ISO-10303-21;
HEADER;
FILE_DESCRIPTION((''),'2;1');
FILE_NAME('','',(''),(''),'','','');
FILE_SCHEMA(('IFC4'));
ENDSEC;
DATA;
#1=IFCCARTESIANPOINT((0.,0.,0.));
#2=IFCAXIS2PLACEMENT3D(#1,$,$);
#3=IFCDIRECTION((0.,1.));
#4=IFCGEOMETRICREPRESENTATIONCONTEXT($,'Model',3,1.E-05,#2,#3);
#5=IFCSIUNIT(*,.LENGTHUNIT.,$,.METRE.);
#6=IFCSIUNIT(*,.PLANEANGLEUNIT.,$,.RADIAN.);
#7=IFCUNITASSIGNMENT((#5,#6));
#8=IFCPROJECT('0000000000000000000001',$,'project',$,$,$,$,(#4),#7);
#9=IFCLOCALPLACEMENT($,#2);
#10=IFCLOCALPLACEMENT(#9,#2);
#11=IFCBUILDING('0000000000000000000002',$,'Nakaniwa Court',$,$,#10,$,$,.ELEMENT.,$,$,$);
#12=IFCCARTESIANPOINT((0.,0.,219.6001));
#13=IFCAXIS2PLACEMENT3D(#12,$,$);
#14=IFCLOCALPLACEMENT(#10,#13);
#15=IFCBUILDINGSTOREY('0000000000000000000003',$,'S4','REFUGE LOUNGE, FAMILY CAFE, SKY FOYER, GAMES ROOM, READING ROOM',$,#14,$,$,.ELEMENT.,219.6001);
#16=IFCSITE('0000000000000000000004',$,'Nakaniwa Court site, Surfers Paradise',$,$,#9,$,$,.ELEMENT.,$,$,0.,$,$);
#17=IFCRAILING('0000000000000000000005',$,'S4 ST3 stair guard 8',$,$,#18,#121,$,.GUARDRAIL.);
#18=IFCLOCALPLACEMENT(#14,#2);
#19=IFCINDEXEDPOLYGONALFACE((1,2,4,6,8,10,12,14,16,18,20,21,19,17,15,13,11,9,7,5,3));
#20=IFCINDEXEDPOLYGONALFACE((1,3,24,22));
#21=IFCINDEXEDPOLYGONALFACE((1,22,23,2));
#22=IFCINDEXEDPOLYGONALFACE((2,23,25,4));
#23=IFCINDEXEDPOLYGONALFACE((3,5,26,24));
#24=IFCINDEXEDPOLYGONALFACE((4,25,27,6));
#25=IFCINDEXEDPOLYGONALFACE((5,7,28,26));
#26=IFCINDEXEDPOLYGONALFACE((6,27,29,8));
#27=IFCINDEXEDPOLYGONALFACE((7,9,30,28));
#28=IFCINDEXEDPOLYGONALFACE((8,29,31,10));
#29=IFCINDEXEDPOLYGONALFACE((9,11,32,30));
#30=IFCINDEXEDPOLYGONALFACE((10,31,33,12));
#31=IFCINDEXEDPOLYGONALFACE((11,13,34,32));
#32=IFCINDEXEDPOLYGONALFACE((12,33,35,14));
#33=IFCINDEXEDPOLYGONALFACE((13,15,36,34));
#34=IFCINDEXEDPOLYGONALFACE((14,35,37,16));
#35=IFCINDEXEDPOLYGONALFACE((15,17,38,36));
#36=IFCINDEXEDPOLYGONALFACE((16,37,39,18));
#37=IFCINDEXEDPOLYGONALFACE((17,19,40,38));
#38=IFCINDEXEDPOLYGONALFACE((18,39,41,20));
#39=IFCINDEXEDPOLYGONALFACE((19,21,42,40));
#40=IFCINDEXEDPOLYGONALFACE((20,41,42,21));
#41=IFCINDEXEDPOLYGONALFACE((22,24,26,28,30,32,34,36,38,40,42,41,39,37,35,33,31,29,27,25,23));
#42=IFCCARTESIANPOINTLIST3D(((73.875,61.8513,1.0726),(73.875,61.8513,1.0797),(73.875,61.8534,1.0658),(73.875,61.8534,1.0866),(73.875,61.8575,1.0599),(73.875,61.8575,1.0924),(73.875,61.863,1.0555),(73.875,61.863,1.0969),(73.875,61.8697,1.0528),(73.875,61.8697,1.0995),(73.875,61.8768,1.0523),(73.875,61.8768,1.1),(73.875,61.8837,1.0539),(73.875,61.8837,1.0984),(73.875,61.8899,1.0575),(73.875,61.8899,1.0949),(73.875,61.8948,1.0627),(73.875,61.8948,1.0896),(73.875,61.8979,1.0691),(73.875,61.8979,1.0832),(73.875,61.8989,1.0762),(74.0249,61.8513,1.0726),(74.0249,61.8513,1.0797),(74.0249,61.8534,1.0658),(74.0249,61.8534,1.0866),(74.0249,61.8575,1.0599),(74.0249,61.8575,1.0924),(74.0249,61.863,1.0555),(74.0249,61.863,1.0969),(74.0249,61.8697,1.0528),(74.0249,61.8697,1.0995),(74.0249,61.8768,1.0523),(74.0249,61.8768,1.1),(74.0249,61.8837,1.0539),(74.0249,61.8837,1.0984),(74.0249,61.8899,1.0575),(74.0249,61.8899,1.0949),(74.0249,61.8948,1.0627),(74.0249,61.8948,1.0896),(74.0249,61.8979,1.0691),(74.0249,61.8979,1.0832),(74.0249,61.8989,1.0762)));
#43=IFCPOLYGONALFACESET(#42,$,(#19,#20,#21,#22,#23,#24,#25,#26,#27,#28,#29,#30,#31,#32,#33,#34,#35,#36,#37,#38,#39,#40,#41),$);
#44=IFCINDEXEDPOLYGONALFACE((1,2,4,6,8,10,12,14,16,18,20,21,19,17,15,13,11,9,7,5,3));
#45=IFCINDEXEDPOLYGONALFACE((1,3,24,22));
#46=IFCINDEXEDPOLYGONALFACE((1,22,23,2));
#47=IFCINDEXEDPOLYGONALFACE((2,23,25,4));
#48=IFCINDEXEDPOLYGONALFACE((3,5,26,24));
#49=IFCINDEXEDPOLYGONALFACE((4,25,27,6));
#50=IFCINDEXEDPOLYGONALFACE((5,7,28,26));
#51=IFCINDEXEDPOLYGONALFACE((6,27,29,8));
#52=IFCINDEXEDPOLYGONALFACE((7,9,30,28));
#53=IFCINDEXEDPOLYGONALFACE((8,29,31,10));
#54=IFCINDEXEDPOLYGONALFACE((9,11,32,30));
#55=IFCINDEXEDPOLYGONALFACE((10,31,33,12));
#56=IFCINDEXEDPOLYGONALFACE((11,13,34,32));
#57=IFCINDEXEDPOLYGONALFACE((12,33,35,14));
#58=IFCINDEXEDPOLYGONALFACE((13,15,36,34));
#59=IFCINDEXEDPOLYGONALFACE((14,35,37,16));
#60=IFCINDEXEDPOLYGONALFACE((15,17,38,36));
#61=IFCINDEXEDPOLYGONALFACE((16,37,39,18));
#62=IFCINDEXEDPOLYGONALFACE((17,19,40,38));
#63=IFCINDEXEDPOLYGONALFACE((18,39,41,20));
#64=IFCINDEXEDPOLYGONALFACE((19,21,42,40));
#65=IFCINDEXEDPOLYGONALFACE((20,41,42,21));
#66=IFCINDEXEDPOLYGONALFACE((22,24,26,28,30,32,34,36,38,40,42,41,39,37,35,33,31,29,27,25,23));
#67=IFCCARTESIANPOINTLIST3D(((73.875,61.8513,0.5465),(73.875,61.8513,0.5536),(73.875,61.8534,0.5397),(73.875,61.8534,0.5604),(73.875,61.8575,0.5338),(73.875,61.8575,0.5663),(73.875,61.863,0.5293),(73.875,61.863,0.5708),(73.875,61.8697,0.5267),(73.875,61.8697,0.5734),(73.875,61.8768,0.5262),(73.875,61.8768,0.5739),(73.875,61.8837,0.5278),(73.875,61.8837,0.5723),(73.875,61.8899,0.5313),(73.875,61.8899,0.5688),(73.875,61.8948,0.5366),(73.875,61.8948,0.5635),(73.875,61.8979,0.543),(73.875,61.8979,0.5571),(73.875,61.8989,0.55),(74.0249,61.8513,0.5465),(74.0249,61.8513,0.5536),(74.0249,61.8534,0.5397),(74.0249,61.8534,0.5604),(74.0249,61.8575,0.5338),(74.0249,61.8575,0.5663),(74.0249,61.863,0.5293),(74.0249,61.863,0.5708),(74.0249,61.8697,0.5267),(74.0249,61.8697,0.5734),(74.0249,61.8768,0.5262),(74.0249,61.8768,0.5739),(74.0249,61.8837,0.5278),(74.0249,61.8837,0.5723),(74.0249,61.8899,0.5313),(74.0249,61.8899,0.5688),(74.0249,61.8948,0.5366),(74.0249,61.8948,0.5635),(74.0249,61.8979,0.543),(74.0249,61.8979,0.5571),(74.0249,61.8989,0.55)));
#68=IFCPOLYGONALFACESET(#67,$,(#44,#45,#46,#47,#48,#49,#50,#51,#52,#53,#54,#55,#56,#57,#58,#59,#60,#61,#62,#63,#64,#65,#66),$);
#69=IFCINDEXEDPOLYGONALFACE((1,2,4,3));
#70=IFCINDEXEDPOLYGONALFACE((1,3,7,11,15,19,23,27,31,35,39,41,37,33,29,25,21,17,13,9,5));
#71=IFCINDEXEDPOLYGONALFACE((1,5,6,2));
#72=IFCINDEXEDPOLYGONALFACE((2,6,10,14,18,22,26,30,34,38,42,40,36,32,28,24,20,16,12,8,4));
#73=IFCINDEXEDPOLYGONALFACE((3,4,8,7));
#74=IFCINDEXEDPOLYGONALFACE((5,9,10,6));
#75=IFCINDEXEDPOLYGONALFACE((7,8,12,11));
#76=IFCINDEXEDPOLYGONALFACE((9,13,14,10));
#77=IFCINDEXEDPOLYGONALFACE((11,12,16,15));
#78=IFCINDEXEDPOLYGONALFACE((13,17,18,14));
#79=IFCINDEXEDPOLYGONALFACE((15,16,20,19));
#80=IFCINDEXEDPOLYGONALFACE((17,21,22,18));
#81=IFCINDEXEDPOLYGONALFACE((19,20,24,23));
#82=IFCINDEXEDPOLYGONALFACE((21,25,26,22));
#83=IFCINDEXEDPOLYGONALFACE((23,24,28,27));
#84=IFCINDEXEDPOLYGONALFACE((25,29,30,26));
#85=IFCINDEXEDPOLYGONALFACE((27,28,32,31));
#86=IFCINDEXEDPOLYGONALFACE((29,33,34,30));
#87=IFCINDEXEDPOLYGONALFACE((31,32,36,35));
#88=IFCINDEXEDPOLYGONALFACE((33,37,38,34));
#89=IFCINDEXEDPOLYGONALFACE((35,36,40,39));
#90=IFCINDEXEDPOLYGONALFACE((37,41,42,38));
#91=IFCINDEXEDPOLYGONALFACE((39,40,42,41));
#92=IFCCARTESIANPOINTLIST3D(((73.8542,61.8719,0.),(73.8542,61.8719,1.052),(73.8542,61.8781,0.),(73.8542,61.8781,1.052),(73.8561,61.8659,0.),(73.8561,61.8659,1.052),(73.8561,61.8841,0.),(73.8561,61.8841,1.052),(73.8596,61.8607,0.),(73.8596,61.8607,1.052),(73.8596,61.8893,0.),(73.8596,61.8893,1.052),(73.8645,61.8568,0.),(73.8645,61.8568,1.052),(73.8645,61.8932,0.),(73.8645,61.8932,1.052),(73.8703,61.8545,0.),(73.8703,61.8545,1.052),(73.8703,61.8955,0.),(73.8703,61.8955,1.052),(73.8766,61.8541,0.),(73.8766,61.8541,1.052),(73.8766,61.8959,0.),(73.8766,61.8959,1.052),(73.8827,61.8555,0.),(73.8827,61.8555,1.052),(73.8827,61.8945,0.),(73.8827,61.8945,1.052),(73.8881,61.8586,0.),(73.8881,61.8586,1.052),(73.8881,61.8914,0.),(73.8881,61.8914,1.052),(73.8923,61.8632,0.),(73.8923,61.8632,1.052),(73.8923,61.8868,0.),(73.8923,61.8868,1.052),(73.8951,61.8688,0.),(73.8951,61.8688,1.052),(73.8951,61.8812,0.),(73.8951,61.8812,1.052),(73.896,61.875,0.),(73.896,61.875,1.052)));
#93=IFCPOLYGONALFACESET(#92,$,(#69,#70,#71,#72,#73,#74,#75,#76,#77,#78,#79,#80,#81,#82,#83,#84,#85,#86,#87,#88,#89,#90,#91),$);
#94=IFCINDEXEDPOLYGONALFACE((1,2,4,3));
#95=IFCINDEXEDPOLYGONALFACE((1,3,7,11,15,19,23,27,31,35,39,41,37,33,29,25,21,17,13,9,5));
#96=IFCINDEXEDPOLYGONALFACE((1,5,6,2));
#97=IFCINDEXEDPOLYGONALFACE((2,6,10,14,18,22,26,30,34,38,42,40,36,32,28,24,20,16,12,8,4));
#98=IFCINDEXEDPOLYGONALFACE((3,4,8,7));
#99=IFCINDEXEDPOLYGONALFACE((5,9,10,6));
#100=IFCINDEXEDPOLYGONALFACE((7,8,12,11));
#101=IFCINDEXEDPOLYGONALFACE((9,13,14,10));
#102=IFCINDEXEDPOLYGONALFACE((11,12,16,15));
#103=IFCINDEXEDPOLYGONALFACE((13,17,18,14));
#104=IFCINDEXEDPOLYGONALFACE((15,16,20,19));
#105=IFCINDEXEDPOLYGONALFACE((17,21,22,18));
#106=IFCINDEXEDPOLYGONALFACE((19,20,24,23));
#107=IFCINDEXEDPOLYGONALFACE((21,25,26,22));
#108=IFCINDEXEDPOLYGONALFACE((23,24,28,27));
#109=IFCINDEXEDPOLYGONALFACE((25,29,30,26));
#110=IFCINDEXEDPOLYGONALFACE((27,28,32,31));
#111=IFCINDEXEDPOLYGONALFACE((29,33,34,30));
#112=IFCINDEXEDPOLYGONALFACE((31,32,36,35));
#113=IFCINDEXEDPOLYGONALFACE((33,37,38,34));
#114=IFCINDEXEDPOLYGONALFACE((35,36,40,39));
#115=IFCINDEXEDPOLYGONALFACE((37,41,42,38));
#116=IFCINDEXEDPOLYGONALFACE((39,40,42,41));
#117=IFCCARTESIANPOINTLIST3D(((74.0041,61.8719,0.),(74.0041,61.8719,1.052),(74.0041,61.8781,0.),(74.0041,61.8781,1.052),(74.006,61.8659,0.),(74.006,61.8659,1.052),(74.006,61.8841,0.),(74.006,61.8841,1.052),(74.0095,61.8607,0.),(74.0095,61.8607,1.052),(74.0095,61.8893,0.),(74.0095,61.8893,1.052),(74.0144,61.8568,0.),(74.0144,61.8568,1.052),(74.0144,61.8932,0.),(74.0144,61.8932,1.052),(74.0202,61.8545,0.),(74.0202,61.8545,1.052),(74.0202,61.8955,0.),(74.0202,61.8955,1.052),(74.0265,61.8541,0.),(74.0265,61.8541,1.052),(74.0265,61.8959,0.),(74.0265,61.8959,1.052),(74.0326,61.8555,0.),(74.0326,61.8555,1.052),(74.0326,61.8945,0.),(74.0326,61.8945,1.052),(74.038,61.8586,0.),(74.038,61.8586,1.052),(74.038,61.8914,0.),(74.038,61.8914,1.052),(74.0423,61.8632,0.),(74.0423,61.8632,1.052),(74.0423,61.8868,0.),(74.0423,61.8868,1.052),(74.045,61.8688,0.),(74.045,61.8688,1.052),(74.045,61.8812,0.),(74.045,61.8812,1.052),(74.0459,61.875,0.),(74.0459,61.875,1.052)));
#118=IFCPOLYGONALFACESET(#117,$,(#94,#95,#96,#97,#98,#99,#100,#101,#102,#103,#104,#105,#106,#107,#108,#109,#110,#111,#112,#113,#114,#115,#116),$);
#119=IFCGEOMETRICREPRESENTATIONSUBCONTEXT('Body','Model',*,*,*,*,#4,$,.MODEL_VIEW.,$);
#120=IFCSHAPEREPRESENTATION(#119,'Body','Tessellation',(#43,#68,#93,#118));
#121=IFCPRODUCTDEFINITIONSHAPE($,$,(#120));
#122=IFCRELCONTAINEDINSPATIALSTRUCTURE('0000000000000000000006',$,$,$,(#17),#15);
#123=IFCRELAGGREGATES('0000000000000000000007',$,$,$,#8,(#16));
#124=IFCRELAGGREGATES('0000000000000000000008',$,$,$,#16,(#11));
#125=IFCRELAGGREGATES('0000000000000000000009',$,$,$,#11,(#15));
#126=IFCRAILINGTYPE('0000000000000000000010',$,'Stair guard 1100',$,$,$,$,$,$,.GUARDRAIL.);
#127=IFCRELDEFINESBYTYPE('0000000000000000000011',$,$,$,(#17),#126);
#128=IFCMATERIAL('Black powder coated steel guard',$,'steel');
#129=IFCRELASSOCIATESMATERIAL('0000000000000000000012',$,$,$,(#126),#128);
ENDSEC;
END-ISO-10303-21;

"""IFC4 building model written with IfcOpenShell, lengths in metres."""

from ifc_helpers import new_model, si_unit, direction, frame, origin, origin_2d, place, context, subcontext, project, spatial, circle, extrude, material, type_object, element, save


model = new_model("IFC4")

# Units and contexts
model_context = context("Model", 3, precision=1e-05, world=origin(), true_north=direction((0.0, 1.0)))
body_context = subcontext(model_context, "Body", "Model", "MODEL_VIEW")
ifc_project = project(units=[si_unit("LENGTHUNIT", "METRE"), si_unit("PLANEANGLEUNIT", "RADIAN")], contexts=[model_context])

# Site, building, storey
site_placement = place(None, origin())
site = spatial("IfcSite", under=ifc_project, at=site_placement, Name="Nakaniwa Court site, Surfers Paradise", CompositionType="ELEMENT", RefElevation=0.0)
building_placement = place(site_placement, origin())
building = spatial("IfcBuilding", under=site, at=building_placement, Name="Nakaniwa Court", CompositionType="ELEMENT")
storey_placement = place(building_placement, frame((0.0, 0.0, 219.6001)))
storey = spatial("IfcBuildingStorey", under=building, at=storey_placement, Name="S4", Description="REFUGE LOUNGE, FAMILY CAFE, SKY FOYER, GAMES ROOM, READING ROOM", CompositionType="ELEMENT", Elevation=219.6001)

# Railing
ifc_material_1 = material(Name="Black powder coated steel guard", Category="steel")
railing_type_1 = type_object("IfcRailingType", Name="Stair guard 1100", PredefinedType="GUARDRAIL", material=ifc_material_1)
railing_1_placement = place(storey_placement, frame((73.875, 61.875, 0.0)))
element("IfcRailing", 1, at=railing_1_placement, inside=storey, type_object=railing_type_1, Name="S4 ST3 stair guard 8", PredefinedType="GUARDRAIL", context=body_context, shape_type="SweptSolid", body=[
    extrude(circle(Radius=0.0239, at=origin_2d()), frame((0.0, 0.0, 1.0762), z_axis=(1.0, 0.0, 0.0), x_axis=(0.0, 1.0, 0.0)), (0.0, 0.0, 1.0), 0.1499),
    extrude(circle(Radius=0.0239, at=origin_2d()), frame((0.0, 0.0, 0.55), z_axis=(1.0, 0.0, 0.0), x_axis=(0.0, 1.0, 0.0)), (0.0, 0.0, 1.0), 0.1499),
    extrude(circle(Radius=0.021, at=origin_2d()), origin(), (0.0, 0.0, 1.0), 1.052),
    extrude(circle(Radius=0.021, at=origin_2d()), frame((0.1499, 0.0, 0.0)), (0.0, 0.0, 1.0), 1.052),
])

save(model, "model.ifc")
